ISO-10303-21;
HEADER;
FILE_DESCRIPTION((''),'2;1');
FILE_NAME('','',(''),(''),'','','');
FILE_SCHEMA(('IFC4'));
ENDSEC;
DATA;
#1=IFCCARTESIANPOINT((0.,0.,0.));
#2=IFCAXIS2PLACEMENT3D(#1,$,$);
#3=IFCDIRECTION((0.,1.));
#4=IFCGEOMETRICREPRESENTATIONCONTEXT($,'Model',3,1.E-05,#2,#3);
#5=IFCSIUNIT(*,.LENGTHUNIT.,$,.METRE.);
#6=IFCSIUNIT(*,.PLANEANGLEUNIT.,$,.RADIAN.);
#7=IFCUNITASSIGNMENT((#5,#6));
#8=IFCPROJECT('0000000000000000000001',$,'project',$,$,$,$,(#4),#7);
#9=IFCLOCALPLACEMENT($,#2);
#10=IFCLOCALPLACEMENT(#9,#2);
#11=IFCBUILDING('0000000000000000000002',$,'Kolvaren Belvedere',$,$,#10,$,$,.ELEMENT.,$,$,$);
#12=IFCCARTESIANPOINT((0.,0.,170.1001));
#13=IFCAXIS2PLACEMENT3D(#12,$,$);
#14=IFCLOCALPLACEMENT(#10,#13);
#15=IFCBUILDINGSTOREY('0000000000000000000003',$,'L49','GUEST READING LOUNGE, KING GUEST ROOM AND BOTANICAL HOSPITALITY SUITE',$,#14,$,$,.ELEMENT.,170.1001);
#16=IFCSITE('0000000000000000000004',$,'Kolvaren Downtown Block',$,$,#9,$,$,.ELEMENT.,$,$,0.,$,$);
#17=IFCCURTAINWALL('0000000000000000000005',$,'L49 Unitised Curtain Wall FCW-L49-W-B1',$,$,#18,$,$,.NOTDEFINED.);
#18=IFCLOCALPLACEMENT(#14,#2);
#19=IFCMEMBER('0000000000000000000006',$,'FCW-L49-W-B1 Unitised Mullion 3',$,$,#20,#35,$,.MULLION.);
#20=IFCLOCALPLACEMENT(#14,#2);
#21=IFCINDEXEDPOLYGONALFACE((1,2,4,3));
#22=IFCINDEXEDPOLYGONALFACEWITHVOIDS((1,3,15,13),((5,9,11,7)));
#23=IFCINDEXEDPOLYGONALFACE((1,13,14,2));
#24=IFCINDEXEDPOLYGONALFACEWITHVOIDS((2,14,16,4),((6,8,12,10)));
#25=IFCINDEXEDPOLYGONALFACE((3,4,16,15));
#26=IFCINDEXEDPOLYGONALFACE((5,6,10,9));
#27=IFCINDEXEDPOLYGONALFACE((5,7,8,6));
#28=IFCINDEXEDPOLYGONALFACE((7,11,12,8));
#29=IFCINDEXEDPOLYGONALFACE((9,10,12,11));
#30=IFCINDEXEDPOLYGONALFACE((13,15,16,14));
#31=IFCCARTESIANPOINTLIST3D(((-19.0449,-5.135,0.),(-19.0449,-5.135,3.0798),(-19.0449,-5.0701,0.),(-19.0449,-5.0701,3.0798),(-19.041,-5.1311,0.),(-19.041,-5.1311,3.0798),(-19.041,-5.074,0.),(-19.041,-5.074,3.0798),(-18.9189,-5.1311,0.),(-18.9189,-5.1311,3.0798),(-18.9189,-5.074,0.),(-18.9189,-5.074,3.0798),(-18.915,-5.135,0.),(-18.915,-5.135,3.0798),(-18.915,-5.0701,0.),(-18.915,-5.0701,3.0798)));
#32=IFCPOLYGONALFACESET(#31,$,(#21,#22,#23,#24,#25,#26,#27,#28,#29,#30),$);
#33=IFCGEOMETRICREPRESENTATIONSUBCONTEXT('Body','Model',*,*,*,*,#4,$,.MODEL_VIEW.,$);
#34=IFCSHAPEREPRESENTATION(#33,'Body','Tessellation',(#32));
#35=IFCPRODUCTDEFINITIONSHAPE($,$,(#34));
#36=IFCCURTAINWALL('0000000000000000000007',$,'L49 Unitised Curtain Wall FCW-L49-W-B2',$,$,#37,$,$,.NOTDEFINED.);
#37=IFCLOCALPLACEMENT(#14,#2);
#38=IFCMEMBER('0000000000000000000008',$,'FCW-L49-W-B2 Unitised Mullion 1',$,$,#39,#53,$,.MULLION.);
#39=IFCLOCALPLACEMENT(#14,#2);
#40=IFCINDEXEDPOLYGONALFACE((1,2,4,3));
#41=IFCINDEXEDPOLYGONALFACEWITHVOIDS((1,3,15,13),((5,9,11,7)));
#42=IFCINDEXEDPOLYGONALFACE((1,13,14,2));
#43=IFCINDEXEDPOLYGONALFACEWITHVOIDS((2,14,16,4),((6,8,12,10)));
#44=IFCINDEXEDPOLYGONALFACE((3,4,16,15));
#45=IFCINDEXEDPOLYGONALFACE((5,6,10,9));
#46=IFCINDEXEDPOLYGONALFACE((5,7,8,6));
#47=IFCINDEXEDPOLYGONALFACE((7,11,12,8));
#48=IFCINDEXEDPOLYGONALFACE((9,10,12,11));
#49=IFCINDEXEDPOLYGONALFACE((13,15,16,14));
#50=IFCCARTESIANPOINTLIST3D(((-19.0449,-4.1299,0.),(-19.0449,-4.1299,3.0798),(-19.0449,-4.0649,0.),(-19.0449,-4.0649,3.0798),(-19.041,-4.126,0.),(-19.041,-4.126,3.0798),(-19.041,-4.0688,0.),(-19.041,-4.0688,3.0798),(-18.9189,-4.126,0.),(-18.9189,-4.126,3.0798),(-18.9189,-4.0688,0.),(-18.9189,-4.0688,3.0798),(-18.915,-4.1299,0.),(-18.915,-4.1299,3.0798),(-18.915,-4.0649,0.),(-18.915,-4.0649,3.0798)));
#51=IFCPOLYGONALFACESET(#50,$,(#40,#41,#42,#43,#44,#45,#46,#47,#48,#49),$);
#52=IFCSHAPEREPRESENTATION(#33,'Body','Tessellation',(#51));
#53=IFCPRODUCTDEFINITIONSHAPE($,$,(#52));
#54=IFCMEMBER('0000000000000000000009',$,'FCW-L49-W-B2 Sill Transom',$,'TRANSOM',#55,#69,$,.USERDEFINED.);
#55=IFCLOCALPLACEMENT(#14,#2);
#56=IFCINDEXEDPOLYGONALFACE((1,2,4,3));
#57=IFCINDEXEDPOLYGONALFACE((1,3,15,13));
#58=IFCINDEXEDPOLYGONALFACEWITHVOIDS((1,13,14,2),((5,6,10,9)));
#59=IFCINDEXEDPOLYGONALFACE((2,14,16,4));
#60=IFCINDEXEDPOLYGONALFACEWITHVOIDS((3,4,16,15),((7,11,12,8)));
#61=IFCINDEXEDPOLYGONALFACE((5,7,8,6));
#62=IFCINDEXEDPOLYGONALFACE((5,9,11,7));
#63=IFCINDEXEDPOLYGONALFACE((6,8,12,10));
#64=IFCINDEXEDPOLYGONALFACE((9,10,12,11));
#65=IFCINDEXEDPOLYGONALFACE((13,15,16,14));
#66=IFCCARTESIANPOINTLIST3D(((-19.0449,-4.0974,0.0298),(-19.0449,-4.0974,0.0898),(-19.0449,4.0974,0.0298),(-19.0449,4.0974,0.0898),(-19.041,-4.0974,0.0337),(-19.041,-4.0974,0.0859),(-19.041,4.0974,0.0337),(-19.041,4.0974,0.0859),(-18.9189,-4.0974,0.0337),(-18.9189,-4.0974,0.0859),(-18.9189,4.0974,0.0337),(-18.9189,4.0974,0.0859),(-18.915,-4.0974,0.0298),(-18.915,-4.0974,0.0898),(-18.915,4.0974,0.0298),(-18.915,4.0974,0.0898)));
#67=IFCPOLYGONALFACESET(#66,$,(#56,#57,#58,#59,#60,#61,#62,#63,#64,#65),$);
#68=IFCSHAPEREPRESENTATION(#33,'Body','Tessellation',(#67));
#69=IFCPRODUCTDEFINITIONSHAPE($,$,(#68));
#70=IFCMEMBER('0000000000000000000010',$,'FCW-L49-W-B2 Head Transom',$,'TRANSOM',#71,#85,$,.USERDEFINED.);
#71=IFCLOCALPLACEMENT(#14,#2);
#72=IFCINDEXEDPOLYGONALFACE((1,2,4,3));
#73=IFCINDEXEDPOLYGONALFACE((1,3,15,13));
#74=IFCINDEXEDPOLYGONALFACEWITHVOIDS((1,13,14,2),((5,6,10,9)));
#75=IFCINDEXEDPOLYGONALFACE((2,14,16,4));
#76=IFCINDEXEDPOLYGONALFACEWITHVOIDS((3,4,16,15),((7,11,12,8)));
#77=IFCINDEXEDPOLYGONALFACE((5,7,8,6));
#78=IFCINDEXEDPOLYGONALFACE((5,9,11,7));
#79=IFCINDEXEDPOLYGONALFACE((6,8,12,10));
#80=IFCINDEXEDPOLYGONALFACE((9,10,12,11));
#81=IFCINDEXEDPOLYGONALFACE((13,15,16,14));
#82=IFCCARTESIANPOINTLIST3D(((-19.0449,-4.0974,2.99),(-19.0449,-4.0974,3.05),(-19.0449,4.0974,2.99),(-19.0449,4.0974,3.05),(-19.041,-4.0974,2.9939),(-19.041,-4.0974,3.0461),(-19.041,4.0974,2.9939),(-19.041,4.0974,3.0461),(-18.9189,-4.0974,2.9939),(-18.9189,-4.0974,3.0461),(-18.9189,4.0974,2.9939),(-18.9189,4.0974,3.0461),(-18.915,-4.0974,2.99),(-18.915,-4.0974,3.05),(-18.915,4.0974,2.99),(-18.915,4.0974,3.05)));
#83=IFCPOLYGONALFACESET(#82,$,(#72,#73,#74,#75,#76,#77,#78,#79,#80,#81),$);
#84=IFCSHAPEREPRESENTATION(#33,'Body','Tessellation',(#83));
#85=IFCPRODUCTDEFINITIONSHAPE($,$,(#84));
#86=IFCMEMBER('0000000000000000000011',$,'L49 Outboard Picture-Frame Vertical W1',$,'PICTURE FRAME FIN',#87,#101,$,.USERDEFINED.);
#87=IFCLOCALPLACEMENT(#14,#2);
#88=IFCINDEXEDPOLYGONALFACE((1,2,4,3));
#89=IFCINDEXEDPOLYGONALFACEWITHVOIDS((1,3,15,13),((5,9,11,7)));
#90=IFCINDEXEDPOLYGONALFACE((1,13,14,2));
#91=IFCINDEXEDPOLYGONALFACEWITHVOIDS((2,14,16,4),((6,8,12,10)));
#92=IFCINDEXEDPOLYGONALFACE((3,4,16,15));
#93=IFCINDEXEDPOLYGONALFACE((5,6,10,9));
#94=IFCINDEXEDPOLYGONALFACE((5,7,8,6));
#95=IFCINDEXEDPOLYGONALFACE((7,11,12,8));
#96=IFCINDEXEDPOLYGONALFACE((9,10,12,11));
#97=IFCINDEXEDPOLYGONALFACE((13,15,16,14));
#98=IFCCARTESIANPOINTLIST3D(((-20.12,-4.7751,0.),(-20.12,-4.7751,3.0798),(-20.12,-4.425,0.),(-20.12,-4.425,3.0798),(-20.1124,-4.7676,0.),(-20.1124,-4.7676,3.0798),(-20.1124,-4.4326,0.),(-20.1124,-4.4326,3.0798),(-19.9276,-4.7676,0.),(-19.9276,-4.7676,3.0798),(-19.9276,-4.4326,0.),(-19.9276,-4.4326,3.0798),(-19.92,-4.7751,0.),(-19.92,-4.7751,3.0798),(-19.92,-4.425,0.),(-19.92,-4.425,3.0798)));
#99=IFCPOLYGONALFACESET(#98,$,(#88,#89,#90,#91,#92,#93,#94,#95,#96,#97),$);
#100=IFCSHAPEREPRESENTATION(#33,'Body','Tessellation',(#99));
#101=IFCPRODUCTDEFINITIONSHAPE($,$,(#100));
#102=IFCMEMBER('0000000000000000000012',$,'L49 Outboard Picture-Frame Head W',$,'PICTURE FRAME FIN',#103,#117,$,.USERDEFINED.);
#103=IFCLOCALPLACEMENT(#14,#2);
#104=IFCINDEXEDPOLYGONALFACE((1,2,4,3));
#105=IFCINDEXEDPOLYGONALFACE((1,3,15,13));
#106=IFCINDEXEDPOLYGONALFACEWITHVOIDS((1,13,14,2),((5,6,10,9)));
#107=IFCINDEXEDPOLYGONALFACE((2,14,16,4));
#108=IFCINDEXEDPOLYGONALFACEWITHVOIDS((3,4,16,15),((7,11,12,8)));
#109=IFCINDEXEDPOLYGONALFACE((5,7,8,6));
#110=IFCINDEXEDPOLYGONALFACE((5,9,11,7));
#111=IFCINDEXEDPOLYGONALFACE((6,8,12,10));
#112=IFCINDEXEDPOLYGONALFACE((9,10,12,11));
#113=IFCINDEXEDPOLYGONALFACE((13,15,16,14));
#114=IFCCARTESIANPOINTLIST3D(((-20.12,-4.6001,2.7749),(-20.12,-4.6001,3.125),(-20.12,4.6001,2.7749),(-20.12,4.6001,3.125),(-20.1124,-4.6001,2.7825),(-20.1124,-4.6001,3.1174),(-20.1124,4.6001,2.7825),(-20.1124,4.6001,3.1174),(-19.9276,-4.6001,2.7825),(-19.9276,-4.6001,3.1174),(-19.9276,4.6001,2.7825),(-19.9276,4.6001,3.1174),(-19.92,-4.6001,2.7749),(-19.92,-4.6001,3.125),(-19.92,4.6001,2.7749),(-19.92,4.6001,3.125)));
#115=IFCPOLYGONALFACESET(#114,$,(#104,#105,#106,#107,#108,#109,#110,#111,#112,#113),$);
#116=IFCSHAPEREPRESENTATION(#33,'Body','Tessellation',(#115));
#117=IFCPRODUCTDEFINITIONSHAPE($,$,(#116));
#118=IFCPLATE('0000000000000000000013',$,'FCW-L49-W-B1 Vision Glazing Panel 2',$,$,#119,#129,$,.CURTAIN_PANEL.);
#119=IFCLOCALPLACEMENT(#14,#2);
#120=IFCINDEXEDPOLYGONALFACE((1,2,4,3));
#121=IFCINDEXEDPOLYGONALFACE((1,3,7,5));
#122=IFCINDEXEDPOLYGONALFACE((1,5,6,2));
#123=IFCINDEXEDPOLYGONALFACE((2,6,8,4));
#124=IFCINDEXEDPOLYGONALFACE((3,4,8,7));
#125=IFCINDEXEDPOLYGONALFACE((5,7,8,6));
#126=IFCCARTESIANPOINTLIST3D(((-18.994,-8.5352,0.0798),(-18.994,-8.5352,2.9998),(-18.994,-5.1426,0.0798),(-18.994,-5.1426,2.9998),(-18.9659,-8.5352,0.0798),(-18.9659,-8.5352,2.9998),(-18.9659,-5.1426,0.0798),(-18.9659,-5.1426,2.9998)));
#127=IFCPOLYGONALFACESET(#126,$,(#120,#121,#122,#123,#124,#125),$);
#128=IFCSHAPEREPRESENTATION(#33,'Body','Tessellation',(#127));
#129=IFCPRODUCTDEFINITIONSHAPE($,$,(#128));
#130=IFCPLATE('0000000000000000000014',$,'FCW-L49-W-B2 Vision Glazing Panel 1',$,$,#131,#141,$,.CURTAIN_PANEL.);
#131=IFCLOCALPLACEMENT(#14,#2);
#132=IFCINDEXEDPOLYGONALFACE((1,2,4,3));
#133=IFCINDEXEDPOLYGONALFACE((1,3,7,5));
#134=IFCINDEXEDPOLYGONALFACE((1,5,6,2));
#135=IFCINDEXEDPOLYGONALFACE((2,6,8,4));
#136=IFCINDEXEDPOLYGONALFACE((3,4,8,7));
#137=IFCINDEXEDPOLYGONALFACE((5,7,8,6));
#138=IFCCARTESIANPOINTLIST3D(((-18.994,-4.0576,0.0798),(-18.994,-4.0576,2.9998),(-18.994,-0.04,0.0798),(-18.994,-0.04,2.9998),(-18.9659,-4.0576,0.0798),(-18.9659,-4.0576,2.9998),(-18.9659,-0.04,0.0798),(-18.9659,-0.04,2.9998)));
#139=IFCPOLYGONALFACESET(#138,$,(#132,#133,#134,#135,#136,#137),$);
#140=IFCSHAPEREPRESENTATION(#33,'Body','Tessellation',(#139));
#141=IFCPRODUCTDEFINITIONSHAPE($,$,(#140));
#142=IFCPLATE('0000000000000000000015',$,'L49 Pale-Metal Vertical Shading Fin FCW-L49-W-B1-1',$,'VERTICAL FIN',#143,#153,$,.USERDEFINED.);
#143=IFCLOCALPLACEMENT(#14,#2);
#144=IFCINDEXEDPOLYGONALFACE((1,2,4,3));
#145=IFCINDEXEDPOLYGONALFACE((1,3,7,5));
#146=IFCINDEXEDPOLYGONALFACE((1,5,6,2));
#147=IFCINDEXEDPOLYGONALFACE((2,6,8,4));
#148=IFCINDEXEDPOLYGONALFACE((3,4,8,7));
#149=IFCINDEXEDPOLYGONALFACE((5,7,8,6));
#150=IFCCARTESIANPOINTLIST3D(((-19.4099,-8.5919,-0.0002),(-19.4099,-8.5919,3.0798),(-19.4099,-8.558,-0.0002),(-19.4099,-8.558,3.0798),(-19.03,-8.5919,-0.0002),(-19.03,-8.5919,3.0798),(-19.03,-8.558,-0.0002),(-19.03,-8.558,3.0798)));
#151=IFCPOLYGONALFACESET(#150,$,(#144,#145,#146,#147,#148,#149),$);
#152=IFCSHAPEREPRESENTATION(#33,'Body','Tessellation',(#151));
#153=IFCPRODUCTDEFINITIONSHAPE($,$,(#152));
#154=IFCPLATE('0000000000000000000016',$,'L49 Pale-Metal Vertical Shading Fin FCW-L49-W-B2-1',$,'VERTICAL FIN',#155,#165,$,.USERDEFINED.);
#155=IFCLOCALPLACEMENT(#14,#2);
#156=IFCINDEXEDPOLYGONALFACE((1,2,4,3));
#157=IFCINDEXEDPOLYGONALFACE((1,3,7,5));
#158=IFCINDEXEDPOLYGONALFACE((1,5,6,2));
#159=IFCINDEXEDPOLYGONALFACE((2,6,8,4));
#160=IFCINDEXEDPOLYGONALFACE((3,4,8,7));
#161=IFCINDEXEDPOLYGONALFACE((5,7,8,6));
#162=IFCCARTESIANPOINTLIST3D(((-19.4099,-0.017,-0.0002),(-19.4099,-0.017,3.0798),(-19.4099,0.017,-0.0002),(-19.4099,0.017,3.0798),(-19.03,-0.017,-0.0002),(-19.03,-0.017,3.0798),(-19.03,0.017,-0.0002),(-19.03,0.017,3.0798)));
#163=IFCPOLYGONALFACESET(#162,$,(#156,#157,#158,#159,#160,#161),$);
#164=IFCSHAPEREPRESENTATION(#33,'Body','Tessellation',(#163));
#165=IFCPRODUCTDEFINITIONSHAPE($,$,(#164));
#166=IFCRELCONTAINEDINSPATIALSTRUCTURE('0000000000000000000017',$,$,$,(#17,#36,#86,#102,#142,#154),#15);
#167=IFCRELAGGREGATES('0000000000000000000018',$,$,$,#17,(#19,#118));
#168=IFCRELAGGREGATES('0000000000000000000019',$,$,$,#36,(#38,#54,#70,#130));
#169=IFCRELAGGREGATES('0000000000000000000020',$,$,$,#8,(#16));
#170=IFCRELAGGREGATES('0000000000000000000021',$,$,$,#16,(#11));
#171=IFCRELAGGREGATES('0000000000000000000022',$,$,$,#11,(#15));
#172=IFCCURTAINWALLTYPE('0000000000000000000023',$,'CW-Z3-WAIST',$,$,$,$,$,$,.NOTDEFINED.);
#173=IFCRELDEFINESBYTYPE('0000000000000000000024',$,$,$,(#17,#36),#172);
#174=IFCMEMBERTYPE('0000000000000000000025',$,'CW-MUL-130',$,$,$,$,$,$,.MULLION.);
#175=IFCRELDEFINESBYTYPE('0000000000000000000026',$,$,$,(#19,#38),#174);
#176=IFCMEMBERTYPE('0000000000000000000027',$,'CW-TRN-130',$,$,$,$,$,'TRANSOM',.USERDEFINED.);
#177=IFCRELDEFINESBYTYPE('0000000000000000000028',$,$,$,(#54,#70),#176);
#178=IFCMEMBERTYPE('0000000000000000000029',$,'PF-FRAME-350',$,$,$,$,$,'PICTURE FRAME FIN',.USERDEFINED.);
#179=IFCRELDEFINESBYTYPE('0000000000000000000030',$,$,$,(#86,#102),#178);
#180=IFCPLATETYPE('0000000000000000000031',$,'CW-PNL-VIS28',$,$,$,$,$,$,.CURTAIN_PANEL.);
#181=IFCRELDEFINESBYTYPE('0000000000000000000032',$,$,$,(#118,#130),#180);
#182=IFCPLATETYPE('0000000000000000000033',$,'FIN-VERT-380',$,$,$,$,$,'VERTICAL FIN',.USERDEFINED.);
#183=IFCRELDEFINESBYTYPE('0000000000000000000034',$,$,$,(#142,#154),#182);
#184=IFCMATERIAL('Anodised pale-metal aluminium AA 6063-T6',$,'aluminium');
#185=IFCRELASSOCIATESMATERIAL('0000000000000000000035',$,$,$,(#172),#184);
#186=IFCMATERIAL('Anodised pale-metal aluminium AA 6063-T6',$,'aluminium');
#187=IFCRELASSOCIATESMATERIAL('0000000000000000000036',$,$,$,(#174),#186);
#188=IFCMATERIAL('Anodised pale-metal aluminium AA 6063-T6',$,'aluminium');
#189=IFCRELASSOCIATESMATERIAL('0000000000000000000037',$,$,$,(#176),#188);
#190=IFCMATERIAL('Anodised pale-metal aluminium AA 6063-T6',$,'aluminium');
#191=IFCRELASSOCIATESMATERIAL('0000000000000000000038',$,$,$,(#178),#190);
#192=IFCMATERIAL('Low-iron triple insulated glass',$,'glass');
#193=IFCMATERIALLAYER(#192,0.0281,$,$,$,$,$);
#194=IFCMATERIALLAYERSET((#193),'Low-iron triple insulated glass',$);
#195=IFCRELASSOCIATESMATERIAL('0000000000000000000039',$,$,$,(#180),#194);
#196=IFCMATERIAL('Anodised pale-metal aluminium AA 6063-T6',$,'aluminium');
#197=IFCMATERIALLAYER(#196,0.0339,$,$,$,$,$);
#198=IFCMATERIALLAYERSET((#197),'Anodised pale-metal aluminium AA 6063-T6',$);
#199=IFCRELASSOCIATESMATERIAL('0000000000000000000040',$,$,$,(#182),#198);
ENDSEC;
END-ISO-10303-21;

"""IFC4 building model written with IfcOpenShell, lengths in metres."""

from ifc_helpers import new_model, si_unit, direction, frame, origin, origin_2d, place, context, subcontext, project, spatial, rectangle, hollow_rectangle, extrude, material, layer, layer_set, material_profile, profile_set, type_object, element, aggregate, save


model = new_model("IFC4")

# Units and contexts
model_context = context("Model", 3, precision=1e-05, world=origin(), true_north=direction((0.0, 1.0)))
body_context = subcontext(model_context, "Body", "Model", "MODEL_VIEW")
ifc_project = project(units=[si_unit("LENGTHUNIT", "METRE"), si_unit("PLANEANGLEUNIT", "RADIAN")], contexts=[model_context])

# Site, building, storey
site_placement = place(None, origin())
site = spatial("IfcSite", under=ifc_project, at=site_placement, Name="Kolvaren Downtown Block", CompositionType="ELEMENT", RefElevation=0.0)
building_placement = place(site_placement, origin())
building = spatial("IfcBuilding", under=site, at=building_placement, Name="Kolvaren Belvedere", CompositionType="ELEMENT")
storey_placement = place(building_placement, frame((0.0, 0.0, 170.1001)))
storey = spatial("IfcBuildingStorey", under=building, at=storey_placement, Name="L49", Description="GUEST READING LOUNGE, KING GUEST ROOM AND BOTANICAL HOSPITALITY SUITE", CompositionType="ELEMENT", Elevation=170.1001)

# Curtain walls, members
ifc_material_1 = material(Name="Anodised pale-metal aluminium AA 6063-T6", Category="aluminium")
curtain_wall_type = type_object("IfcCurtainWallType", Name="CW-Z3-WAIST", PredefinedType="NOTDEFINED", material=ifc_material_1)
curtain_wall_1_placement = place(storey_placement, origin())
curtain_wall_1 = element("IfcCurtainWall", 1, at=curtain_wall_1_placement, inside=storey, type_object=curtain_wall_type, Name="L49 Unitised Curtain Wall FCW-L49-W-B1", PredefinedType="NOTDEFINED")
ifc_material_2 = material(Name="Anodised pale-metal aluminium AA 6063-T6", Category="aluminium")
ifc_material_profile_1 = material_profile(ifc_material_2, hollow_rectangle(XDim=0.0649, YDim=0.1299, WallThickness=0.0039, at=origin_2d()), Name="ALU-MUL-130X65")
ifc_profile_set_1 = profile_set([ifc_material_profile_1], Name="Anodised pale-metal aluminium AA 6063-T6")
member_type_1 = type_object("IfcMemberType", Name="CW-MUL-130", PredefinedType="MULLION", material=ifc_profile_set_1)
member_1_placement = place(storey_placement, frame((-18.98, -5.1025, 0.0), z_axis=(0.0, 0.0, 1.0), x_axis=(0.0, 1.0, 0.0)))
member_1 = element("IfcMember", 2, at=member_1_placement, type_object=member_type_1, Name="FCW-L49-W-B1 Unitised Mullion 3", PredefinedType="MULLION", context=body_context, shape_type="SweptSolid", body=[
    extrude(hollow_rectangle(XDim=0.0649, YDim=0.1299, WallThickness=0.0039, at=origin_2d()), origin(), (0.0, 0.0, 1.0), 3.0798),
])
curtain_wall_2_placement = place(storey_placement, origin())
curtain_wall_2 = element("IfcCurtainWall", 3, at=curtain_wall_2_placement, inside=storey, type_object=curtain_wall_type, Name="L49 Unitised Curtain Wall FCW-L49-W-B2", PredefinedType="NOTDEFINED")
member_2_placement = place(storey_placement, frame((-18.98, -4.0974, 0.0), z_axis=(0.0, 0.0, 1.0), x_axis=(0.0, 1.0, 0.0)))
member_2 = element("IfcMember", 4, at=member_2_placement, type_object=member_type_1, Name="FCW-L49-W-B2 Unitised Mullion 1", PredefinedType="MULLION", context=body_context, shape_type="SweptSolid", body=[
    extrude(hollow_rectangle(XDim=0.0649, YDim=0.1299, WallThickness=0.0039, at=origin_2d()), origin(), (0.0, 0.0, 1.0), 3.0798),
])
ifc_material_3 = material(Name="Anodised pale-metal aluminium AA 6063-T6", Category="aluminium")
ifc_material_profile_2 = material_profile(ifc_material_3, hollow_rectangle(XDim=0.0601, YDim=0.1299, WallThickness=0.0039, at=origin_2d()), Name="ALU-TRN-130X60")
ifc_profile_set_2 = profile_set([ifc_material_profile_2], Name="Anodised pale-metal aluminium AA 6063-T6")
member_type_2 = type_object("IfcMemberType", Name="CW-TRN-130", ElementType="TRANSOM", PredefinedType="USERDEFINED", material=ifc_profile_set_2)
member_3_placement = place(storey_placement, frame((-18.98, -4.0974, 0.0598), z_axis=(0.0, 1.0, 0.0), x_axis=(0.0, 0.0, 1.0)))
member_3 = element("IfcMember", 5, at=member_3_placement, type_object=member_type_2, Name="FCW-L49-W-B2 Sill Transom", ObjectType="TRANSOM", PredefinedType="USERDEFINED", context=body_context, shape_type="SweptSolid", body=[
    extrude(hollow_rectangle(XDim=0.0601, YDim=0.1299, WallThickness=0.0039, at=origin_2d()), origin(), (0.0, 0.0, 1.0), 8.1948),
])
member_4_placement = place(storey_placement, frame((-18.98, -4.0974, 3.02), z_axis=(0.0, 1.0, 0.0), x_axis=(0.0, 0.0, 1.0)))
member_4 = element("IfcMember", 6, at=member_4_placement, type_object=member_type_2, Name="FCW-L49-W-B2 Head Transom", ObjectType="TRANSOM", PredefinedType="USERDEFINED", context=body_context, shape_type="SweptSolid", body=[
    extrude(hollow_rectangle(XDim=0.0601, YDim=0.1299, WallThickness=0.0039, at=origin_2d()), origin(), (0.0, 0.0, 1.0), 8.1948),
])

# Members
ifc_material_4 = material(Name="Anodised pale-metal aluminium AA 6063-T6", Category="aluminium")
ifc_material_profile_3 = material_profile(ifc_material_4, hollow_rectangle(XDim=0.2, YDim=0.3501, WallThickness=0.0076, at=origin_2d()), Name="ALU-PF-350X200")
ifc_profile_set_3 = profile_set([ifc_material_profile_3], Name="Anodised pale-metal aluminium AA 6063-T6")
member_type_3 = type_object("IfcMemberType", Name="PF-FRAME-350", ElementType="PICTURE FRAME FIN", PredefinedType="USERDEFINED", material=ifc_profile_set_3)
member_5_placement = place(storey_placement, frame((-20.02, -4.6001, 0.0), z_axis=(0.0, 0.0, 1.0), x_axis=(1.0, 0.0, 0.0)))
element("IfcMember", 7, at=member_5_placement, inside=storey, type_object=member_type_3, Name="L49 Outboard Picture-Frame Vertical W1", ObjectType="PICTURE FRAME FIN", PredefinedType="USERDEFINED", context=body_context, shape_type="SweptSolid", body=[
    extrude(hollow_rectangle(XDim=0.2, YDim=0.3501, WallThickness=0.0076, at=origin_2d()), origin(), (0.0, 0.0, 1.0), 3.0798),
])
member_6_placement = place(storey_placement, frame((-20.02, -4.6001, 2.95), z_axis=(0.0, 1.0, 0.0), x_axis=(-1.0, 0.0, 0.0)))
element("IfcMember", 8, at=member_6_placement, inside=storey, type_object=member_type_3, Name="L49 Outboard Picture-Frame Head W", ObjectType="PICTURE FRAME FIN", PredefinedType="USERDEFINED", context=body_context, shape_type="SweptSolid", body=[
    extrude(hollow_rectangle(XDim=0.2, YDim=0.3501, WallThickness=0.0076, at=origin_2d()), origin(), (0.0, 0.0, 1.0), 9.2002),
])

# Plates
ifc_material_5 = material(Name="Low-iron triple insulated glass", Category="glass")
ifc_layer_1 = layer(ifc_material_5, 0.0281)
ifc_layer_set_1 = layer_set([ifc_layer_1], Name="Low-iron triple insulated glass")
plate_type_1 = type_object("IfcPlateType", Name="CW-PNL-VIS28", PredefinedType="CURTAIN_PANEL", material=ifc_layer_set_1)
plate_1_placement = place(storey_placement, frame((-18.98, -6.8389, 0.0798), z_axis=(0.0, 0.0, 1.0), x_axis=(0.0, 1.0, 0.0)))
plate_1 = element("IfcPlate", 9, at=plate_1_placement, type_object=plate_type_1, Name="FCW-L49-W-B1 Vision Glazing Panel 2", PredefinedType="CURTAIN_PANEL", context=body_context, shape_type="SweptSolid", body=[
    extrude(rectangle(XDim=3.3926, YDim=0.0281, at=origin_2d()), origin(), (0.0, 0.0, 1.0), 2.9199),
])
aggregate(curtain_wall_1, [member_1, plate_1])
plate_2_placement = place(storey_placement, frame((-18.98, -2.0488, 0.0798), z_axis=(0.0, 0.0, 1.0), x_axis=(0.0, 1.0, 0.0)))
plate_2 = element("IfcPlate", 10, at=plate_2_placement, type_object=plate_type_1, Name="FCW-L49-W-B2 Vision Glazing Panel 1", PredefinedType="CURTAIN_PANEL", context=body_context, shape_type="SweptSolid", body=[
    extrude(rectangle(XDim=4.0176, YDim=0.0281, at=origin_2d()), origin(), (0.0, 0.0, 1.0), 2.9199),
])
aggregate(curtain_wall_2, [member_2, member_3, member_4, plate_2])

# Plates
ifc_material_6 = material(Name="Anodised pale-metal aluminium AA 6063-T6", Category="aluminium")
ifc_layer_2 = layer(ifc_material_6, 0.0339)
ifc_layer_set_2 = layer_set([ifc_layer_2], Name="Anodised pale-metal aluminium AA 6063-T6")
plate_type_2 = type_object("IfcPlateType", Name="FIN-VERT-380", ElementType="VERTICAL FIN", PredefinedType="USERDEFINED", material=ifc_layer_set_2)
for number, where, z_axis, x_axis, name in (
    (11, (-19.22, -8.575, -0.0002), (0.0, 0.0, 1.0), (1.0, 0.0, 0.0), "L49 Pale-Metal Vertical Shading Fin FCW-L49-W-B1-1"),
    (12, (-19.22, 0.0, -0.0002), (0.0, 0.0, 1.0), (1.0, 0.0, 0.0), "L49 Pale-Metal Vertical Shading Fin FCW-L49-W-B2-1"),
):
    element("IfcPlate", number, at=place(storey_placement, frame(where, z_axis=z_axis, x_axis=x_axis)), inside=storey, type_object=plate_type_2, Name=name, ObjectType="VERTICAL FIN", PredefinedType="USERDEFINED", context=body_context, shape_type="SweptSolid", body=[
        extrude(rectangle(XDim=0.3799, YDim=0.0339, at=origin_2d()), origin(), (0.0, 0.0, 1.0), 3.0801),
    ])

save(model, "model.ifc")
